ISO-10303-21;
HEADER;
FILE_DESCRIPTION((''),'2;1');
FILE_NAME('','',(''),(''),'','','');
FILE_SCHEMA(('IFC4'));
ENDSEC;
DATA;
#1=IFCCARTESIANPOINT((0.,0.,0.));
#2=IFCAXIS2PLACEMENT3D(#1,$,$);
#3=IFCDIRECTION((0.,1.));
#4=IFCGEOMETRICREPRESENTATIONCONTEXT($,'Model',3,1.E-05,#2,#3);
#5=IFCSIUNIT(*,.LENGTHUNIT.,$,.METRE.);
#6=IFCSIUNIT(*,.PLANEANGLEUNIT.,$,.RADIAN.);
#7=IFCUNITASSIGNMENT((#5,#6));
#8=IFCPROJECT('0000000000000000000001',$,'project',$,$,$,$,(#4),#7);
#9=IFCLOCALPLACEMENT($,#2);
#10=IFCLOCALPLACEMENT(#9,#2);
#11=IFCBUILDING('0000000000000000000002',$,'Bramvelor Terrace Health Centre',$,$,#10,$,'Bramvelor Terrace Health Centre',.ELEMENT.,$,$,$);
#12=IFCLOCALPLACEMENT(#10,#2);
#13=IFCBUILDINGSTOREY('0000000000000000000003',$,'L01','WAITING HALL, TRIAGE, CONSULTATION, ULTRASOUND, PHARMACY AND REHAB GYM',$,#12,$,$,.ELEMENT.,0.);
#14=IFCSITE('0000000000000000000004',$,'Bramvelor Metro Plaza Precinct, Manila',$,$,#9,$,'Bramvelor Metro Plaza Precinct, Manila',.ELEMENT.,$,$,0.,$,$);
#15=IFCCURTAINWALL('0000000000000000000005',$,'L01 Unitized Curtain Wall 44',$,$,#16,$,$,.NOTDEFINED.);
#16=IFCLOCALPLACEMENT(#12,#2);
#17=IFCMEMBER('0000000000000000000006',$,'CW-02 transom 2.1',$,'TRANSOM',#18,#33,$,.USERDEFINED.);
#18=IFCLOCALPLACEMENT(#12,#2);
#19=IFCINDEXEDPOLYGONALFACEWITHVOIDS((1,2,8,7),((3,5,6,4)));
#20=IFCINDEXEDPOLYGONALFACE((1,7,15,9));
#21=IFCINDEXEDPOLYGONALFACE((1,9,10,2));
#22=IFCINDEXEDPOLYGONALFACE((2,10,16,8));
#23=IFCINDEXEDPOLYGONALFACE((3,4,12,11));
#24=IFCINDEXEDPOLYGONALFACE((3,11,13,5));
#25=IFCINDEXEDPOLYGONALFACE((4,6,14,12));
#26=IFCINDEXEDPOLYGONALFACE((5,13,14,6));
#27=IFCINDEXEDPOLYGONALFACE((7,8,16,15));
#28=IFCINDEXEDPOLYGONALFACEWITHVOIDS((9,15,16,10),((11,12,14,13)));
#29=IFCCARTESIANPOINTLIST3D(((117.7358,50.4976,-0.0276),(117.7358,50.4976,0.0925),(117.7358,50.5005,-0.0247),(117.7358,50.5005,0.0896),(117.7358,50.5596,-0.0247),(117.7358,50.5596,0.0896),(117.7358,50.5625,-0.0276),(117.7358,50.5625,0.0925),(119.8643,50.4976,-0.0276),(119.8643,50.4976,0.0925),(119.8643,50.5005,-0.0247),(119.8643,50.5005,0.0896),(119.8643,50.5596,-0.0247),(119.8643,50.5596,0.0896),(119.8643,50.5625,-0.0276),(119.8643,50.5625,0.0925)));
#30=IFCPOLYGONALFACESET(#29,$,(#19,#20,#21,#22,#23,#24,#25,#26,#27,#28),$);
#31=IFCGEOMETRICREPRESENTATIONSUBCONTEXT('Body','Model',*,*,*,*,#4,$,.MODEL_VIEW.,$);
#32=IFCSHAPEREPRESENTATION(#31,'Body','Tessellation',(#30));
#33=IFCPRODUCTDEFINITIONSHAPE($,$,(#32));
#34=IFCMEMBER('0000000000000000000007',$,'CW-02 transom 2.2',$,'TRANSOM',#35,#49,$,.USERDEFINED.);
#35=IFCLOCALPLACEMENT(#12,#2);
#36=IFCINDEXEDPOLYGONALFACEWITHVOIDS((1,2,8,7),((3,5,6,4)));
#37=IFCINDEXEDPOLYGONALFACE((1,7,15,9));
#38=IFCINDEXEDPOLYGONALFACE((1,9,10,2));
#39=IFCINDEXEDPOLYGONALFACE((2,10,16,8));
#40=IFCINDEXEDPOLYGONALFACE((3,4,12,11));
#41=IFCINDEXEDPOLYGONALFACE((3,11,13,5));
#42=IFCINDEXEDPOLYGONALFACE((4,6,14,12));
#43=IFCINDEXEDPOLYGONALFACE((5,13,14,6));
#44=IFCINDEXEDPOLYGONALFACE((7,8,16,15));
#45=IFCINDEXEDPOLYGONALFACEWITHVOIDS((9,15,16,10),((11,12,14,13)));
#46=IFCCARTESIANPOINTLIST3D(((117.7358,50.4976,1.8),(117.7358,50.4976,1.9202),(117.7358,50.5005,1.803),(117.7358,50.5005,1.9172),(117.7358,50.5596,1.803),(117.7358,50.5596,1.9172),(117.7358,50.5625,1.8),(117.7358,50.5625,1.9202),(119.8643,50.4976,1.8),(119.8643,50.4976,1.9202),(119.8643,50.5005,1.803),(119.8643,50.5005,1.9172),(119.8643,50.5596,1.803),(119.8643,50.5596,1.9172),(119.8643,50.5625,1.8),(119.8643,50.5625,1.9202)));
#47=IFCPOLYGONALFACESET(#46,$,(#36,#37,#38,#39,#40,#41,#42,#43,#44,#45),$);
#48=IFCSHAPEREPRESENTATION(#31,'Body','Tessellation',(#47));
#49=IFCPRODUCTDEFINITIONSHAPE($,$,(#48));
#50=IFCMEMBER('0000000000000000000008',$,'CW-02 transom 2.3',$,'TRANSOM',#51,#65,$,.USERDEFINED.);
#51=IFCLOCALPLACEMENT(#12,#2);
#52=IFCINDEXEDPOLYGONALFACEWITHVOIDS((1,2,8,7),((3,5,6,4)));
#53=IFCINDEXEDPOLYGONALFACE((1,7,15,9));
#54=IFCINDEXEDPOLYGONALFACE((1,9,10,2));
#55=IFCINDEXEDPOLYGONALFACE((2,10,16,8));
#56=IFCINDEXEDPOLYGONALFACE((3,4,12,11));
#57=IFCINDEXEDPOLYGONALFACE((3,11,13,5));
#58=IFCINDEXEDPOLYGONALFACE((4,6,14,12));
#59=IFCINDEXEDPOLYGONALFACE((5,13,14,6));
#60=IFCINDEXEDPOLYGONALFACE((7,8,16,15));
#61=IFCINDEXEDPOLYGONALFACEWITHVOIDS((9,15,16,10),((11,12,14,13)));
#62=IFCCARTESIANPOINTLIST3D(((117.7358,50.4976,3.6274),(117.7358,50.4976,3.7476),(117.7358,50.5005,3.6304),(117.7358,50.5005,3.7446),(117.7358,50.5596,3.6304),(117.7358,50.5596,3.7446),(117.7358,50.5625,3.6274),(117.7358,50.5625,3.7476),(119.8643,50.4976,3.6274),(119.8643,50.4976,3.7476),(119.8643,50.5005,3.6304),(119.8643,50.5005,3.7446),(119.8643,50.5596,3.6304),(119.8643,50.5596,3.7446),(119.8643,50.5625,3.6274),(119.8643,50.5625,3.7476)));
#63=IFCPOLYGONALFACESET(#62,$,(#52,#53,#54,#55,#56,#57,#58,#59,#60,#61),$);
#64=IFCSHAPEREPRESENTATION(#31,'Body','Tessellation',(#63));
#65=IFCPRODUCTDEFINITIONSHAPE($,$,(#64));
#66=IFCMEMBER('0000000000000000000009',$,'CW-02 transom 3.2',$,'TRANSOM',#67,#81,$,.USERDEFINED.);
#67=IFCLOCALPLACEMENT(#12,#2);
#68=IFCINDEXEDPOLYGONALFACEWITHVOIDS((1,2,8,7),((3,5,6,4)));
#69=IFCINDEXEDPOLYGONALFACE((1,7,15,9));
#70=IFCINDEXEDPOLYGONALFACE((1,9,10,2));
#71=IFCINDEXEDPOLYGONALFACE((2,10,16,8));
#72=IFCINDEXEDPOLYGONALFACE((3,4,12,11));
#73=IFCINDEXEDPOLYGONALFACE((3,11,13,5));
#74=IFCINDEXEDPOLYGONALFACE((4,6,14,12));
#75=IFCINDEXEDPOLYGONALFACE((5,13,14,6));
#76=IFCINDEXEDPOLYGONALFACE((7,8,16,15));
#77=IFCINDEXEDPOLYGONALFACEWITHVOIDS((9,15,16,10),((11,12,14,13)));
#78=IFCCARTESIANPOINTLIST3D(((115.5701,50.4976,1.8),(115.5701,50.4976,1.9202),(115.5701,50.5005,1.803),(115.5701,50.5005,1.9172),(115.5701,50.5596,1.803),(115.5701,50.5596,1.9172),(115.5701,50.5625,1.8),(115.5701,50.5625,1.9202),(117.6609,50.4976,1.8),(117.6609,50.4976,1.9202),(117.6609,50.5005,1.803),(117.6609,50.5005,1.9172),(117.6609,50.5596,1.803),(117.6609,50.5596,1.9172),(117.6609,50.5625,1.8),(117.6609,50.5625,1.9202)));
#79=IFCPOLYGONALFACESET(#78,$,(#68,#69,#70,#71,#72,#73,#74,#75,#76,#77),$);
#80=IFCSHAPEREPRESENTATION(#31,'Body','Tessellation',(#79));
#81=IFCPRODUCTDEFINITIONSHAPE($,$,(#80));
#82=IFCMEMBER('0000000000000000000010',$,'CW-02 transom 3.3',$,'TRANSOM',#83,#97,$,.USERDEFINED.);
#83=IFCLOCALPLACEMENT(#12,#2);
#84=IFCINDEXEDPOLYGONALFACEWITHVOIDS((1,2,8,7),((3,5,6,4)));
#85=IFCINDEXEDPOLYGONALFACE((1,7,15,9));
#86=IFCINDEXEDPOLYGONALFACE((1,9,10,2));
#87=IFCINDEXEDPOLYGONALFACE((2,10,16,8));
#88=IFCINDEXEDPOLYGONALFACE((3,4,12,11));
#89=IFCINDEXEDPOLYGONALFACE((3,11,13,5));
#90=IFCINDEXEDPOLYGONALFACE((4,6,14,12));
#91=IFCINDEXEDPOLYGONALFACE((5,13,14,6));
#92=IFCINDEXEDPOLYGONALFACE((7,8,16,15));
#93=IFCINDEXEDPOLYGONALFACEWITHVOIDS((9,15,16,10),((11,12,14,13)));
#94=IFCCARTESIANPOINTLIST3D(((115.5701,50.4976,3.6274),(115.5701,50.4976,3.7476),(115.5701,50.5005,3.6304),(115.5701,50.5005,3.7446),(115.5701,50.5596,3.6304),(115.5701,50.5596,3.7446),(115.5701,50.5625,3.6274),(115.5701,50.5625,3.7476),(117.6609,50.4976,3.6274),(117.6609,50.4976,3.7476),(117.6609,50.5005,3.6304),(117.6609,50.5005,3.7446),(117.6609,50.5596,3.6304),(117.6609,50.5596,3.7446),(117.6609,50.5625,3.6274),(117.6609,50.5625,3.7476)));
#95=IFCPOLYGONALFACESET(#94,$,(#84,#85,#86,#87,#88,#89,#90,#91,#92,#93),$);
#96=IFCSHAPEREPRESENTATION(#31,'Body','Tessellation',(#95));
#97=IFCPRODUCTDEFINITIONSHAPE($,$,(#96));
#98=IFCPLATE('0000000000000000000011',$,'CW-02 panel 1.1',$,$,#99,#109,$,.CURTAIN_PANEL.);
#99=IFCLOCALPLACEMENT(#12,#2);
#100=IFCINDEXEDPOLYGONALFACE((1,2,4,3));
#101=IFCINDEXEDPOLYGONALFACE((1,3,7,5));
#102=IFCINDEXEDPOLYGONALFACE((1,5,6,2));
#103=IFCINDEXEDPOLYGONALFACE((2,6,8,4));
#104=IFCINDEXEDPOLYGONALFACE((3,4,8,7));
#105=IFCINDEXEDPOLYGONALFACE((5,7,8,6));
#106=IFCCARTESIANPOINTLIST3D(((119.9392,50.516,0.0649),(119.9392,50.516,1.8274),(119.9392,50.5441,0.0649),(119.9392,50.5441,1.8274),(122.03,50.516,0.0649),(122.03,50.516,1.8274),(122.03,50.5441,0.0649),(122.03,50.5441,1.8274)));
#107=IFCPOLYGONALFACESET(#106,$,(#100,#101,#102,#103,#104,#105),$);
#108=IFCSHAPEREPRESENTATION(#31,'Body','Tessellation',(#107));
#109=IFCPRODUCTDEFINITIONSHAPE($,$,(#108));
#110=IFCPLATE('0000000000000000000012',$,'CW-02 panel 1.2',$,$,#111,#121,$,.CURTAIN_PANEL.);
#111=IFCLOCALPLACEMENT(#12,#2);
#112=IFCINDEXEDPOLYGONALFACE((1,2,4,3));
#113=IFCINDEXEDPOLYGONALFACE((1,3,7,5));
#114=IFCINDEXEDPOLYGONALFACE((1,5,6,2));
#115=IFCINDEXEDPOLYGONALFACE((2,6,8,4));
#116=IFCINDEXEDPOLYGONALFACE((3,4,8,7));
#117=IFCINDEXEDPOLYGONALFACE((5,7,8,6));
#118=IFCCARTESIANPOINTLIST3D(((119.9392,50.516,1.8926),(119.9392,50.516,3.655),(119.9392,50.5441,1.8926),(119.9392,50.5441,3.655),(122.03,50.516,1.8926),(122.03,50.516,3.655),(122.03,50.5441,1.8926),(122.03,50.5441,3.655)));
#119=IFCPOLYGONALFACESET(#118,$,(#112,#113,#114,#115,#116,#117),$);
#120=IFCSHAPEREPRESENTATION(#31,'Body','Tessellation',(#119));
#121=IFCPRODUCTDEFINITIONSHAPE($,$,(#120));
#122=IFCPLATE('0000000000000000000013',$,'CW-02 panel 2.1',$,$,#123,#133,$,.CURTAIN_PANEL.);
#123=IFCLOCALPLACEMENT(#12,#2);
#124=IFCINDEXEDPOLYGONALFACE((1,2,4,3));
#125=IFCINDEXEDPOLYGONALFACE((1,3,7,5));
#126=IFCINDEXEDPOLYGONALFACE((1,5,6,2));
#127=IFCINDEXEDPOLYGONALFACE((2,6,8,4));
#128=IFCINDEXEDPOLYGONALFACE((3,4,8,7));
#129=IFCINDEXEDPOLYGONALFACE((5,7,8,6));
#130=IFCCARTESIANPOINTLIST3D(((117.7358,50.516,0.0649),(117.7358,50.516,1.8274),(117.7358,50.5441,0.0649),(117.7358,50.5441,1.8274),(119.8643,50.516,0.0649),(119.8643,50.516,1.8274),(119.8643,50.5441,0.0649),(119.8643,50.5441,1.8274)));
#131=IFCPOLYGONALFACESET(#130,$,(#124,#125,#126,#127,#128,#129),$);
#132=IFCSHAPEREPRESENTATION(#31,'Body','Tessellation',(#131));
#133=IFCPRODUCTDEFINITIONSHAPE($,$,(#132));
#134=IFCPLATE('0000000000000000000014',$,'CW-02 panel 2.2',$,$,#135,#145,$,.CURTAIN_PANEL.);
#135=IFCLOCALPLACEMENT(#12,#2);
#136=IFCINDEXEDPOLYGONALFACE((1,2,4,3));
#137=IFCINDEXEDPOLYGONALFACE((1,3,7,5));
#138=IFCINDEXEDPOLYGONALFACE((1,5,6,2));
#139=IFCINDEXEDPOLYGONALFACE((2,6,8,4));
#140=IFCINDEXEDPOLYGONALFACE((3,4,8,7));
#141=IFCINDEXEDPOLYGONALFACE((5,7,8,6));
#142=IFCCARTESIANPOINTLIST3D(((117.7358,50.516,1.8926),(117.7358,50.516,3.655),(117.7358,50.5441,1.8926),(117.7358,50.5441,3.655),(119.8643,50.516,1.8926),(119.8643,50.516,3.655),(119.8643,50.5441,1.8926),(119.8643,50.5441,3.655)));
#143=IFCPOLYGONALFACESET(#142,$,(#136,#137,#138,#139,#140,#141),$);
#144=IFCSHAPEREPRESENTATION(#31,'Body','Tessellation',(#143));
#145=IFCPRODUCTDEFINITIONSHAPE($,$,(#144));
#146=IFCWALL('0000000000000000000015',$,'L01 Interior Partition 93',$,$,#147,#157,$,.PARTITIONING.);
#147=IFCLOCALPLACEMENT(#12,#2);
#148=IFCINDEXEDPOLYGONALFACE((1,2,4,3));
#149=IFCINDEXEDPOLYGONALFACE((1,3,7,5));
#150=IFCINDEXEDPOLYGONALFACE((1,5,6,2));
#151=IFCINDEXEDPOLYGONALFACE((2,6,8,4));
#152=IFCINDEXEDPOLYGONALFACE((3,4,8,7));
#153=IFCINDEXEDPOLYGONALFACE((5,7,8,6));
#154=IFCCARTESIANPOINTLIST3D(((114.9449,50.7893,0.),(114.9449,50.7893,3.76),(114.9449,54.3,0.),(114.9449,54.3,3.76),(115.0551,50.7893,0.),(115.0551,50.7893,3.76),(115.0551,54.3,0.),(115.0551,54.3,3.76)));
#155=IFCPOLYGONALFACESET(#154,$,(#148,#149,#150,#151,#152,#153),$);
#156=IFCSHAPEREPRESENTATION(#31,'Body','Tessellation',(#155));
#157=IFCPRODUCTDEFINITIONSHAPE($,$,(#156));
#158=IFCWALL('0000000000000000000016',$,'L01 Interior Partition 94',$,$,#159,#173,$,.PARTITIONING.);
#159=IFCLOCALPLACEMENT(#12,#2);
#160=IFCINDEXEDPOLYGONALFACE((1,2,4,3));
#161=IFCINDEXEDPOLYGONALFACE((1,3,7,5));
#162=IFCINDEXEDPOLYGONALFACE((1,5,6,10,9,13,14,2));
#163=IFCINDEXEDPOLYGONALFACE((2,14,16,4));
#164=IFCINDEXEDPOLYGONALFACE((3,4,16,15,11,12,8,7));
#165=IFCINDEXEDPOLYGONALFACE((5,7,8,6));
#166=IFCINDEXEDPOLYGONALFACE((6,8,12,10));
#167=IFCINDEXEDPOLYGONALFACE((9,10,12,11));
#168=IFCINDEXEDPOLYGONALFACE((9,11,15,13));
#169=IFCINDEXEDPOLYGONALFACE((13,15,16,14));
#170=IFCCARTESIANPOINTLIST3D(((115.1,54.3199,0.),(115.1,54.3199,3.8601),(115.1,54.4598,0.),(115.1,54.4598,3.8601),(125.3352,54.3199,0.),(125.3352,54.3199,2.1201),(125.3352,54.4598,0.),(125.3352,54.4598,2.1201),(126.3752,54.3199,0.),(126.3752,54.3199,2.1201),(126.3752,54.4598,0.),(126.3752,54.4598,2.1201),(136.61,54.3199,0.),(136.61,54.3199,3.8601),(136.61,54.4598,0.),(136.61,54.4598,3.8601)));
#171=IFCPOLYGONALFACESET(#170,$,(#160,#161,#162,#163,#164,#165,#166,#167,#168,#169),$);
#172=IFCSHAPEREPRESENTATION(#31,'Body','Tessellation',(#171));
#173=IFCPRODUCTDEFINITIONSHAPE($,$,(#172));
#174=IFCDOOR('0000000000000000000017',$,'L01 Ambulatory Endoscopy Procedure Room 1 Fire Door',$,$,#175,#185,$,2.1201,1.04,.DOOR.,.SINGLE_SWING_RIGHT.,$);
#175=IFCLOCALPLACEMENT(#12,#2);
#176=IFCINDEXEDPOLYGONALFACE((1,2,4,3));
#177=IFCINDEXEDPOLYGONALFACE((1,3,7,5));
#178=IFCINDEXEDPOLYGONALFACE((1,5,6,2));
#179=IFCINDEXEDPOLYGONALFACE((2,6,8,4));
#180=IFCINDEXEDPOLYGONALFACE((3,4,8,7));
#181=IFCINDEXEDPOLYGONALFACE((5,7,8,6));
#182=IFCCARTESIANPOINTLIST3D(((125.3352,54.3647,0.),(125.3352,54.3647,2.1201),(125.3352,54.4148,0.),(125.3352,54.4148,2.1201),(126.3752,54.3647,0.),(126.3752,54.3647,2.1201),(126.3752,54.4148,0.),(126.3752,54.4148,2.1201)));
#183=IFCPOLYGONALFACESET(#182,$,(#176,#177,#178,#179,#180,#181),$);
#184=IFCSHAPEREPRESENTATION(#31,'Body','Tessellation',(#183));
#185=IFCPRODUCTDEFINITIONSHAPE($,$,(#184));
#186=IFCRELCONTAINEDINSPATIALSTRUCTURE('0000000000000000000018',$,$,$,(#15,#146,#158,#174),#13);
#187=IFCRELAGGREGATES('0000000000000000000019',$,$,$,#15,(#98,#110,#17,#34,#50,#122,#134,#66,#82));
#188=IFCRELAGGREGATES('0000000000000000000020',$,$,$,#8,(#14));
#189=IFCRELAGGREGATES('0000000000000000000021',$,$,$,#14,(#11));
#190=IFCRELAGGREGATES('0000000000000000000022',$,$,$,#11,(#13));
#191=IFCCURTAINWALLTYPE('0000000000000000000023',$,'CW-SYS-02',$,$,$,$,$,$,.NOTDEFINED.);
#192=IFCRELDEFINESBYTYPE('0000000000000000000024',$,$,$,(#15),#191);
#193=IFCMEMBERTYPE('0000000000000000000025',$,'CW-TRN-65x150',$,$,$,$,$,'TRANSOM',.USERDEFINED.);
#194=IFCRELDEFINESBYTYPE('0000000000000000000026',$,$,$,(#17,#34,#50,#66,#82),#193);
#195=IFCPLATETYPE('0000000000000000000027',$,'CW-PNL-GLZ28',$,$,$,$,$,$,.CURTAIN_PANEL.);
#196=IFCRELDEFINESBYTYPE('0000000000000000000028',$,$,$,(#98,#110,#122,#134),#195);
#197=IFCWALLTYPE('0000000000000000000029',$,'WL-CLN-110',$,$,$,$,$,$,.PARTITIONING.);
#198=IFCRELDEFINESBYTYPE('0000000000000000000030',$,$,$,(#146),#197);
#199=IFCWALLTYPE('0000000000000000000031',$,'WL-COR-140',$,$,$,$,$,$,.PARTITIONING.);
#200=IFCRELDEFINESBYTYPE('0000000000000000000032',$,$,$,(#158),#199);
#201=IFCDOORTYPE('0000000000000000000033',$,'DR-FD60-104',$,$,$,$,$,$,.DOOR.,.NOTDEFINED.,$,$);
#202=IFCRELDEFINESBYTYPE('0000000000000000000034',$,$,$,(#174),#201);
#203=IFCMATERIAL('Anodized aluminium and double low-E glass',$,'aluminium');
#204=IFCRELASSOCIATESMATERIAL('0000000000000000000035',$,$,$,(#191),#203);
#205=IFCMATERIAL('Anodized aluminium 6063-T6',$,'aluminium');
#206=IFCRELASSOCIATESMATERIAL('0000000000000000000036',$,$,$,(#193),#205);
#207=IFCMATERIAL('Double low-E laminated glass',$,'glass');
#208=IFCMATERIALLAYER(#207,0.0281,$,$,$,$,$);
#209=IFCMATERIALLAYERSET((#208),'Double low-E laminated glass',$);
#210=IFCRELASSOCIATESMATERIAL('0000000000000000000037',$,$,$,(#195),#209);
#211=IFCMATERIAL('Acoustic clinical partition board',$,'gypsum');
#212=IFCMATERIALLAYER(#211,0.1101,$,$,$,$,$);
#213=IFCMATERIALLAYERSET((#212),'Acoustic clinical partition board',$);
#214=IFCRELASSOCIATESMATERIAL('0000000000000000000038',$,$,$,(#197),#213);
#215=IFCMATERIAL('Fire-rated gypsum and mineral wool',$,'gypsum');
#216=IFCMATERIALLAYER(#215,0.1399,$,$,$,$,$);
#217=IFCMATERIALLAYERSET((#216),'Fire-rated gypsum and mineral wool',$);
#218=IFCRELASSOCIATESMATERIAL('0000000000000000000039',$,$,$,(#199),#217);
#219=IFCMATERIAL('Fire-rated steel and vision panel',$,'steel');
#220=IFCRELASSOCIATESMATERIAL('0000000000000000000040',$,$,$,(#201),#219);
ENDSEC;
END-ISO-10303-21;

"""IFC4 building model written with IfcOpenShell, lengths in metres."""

from ifc_helpers import new_model, si_unit, direction, frame, frame_2d, origin, origin_2d, place, context, subcontext, project, spatial, rectangle, hollow_rectangle, extrude, material, layer, layer_set, material_profile, profile_set, type_object, element, fill, aggregate, save


model = new_model("IFC4")

# Units and contexts
model_context = context("Model", 3, precision=1e-05, world=origin(), true_north=direction((0.0, 1.0)))
body_context = subcontext(model_context, "Body", "Model", "MODEL_VIEW")
ifc_project = project(units=[si_unit("LENGTHUNIT", "METRE"), si_unit("PLANEANGLEUNIT", "RADIAN")], contexts=[model_context])

# Site, building, storey
site_placement = place(None, origin())
site = spatial("IfcSite", under=ifc_project, at=site_placement, Name="Bramvelor Metro Plaza Precinct, Manila", LongName="Bramvelor Metro Plaza Precinct, Manila", CompositionType="ELEMENT", RefElevation=0.0)
building_placement = place(site_placement, origin())
building = spatial("IfcBuilding", under=site, at=building_placement, Name="Bramvelor Terrace Health Centre", LongName="Bramvelor Terrace Health Centre", CompositionType="ELEMENT")
storey_placement = place(building_placement, origin())
storey = spatial("IfcBuildingStorey", under=building, at=storey_placement, Name="L01", Description="WAITING HALL, TRIAGE, CONSULTATION, ULTRASOUND, PHARMACY AND REHAB GYM", CompositionType="ELEMENT", Elevation=0.0)

# Curtain wall, members, plates
ifc_material_1 = material(Name="Anodized aluminium and double low-E glass", Category="aluminium")
curtain_wall_type = type_object("IfcCurtainWallType", Name="CW-SYS-02", PredefinedType="NOTDEFINED", material=ifc_material_1)
curtain_wall_placement = place(storey_placement, origin())
curtain_wall = element("IfcCurtainWall", 1, at=curtain_wall_placement, inside=storey, type_object=curtain_wall_type, Name="L01 Unitized Curtain Wall 44", PredefinedType="NOTDEFINED")
ifc_material_2 = material(Name="Anodized aluminium 6063-T6", Category="aluminium")
ifc_material_profile_1 = material_profile(ifc_material_2, hollow_rectangle(XDim=0.0649, YDim=0.1201, WallThickness=0.0029, at=origin_2d()), Name="ALU-TRN 65x120x3.0")
ifc_profile_set_1 = profile_set([ifc_material_profile_1], Name="Anodized aluminium 6063-T6")
member_type_1 = type_object("IfcMemberType", Name="CW-TRN-65x150", ElementType="TRANSOM", PredefinedType="USERDEFINED", material=ifc_profile_set_1)
member_1_placement = place(storey_placement, frame((119.8643, 50.53, 0.0325), z_axis=(-1.0, 0.0, 0.0), x_axis=(0.0, -1.0, 0.0)))
member_1 = element("IfcMember", 2, at=member_1_placement, type_object=member_type_1, Name="CW-02 transom 2.1", ObjectType="TRANSOM", PredefinedType="USERDEFINED", context=body_context, shape_type="SweptSolid", body=[
    extrude(hollow_rectangle(XDim=0.0649, YDim=0.1201, WallThickness=0.0029, at=origin_2d()), origin(), (0.0, 0.0, 1.0), 2.1284),
])
member_2_placement = place(storey_placement, frame((119.8643, 50.53, 1.8601), z_axis=(-1.0, 0.0, 0.0), x_axis=(0.0, -1.0, 0.0)))
member_2 = element("IfcMember", 3, at=member_2_placement, type_object=member_type_1, Name="CW-02 transom 2.2", ObjectType="TRANSOM", PredefinedType="USERDEFINED", context=body_context, shape_type="SweptSolid", body=[
    extrude(hollow_rectangle(XDim=0.0649, YDim=0.1201, WallThickness=0.0029, at=origin_2d()), origin(), (0.0, 0.0, 1.0), 2.1284),
])
member_3_placement = place(storey_placement, frame((119.8643, 50.53, 3.6875), z_axis=(-1.0, 0.0, 0.0), x_axis=(0.0, -1.0, 0.0)))
member_3 = element("IfcMember", 4, at=member_3_placement, type_object=member_type_1, Name="CW-02 transom 2.3", ObjectType="TRANSOM", PredefinedType="USERDEFINED", context=body_context, shape_type="SweptSolid", body=[
    extrude(hollow_rectangle(XDim=0.0649, YDim=0.1201, WallThickness=0.0029, at=origin_2d()), origin(), (0.0, 0.0, 1.0), 2.1284),
])
member_4_placement = place(storey_placement, frame((117.6609, 50.53, 1.8601), z_axis=(-1.0, 0.0, 0.0), x_axis=(0.0, -1.0, 0.0)))
member_4 = element("IfcMember", 5, at=member_4_placement, type_object=member_type_1, Name="CW-02 transom 3.2", ObjectType="TRANSOM", PredefinedType="USERDEFINED", context=body_context, shape_type="SweptSolid", body=[
    extrude(hollow_rectangle(XDim=0.0649, YDim=0.1201, WallThickness=0.0029, at=origin_2d()), origin(), (0.0, 0.0, 1.0), 2.0908),
])
member_5_placement = place(storey_placement, frame((117.6609, 50.53, 3.6875), z_axis=(-1.0, 0.0, 0.0), x_axis=(0.0, -1.0, 0.0)))
member_5 = element("IfcMember", 6, at=member_5_placement, type_object=member_type_1, Name="CW-02 transom 3.3", ObjectType="TRANSOM", PredefinedType="USERDEFINED", context=body_context, shape_type="SweptSolid", body=[
    extrude(hollow_rectangle(XDim=0.0649, YDim=0.1201, WallThickness=0.0029, at=origin_2d()), origin(), (0.0, 0.0, 1.0), 2.0908),
])
ifc_material_3 = material(Name="Double low-E laminated glass", Category="glass")
ifc_layer_1 = layer(ifc_material_3, 0.0281)
ifc_layer_set_1 = layer_set([ifc_layer_1], Name="Double low-E laminated glass")
plate_type = type_object("IfcPlateType", Name="CW-PNL-GLZ28", PredefinedType="CURTAIN_PANEL", material=ifc_layer_set_1)
plate_1_placement = place(storey_placement, frame((120.9846, 50.53, 0.0649), z_axis=(0.0, 0.0, 1.0), x_axis=(-1.0, 0.0, 0.0)))
plate_1 = element("IfcPlate", 7, at=plate_1_placement, type_object=plate_type, Name="CW-02 panel 1.1", PredefinedType="CURTAIN_PANEL", context=body_context, shape_type="SweptSolid", body=[
    extrude(rectangle(XDim=2.0908, YDim=0.0281, at=origin_2d()), origin(), (0.0, 0.0, 1.0), 1.7625),
])
plate_2_placement = place(storey_placement, frame((120.9846, 50.53, 1.8926), z_axis=(0.0, 0.0, 1.0), x_axis=(-1.0, 0.0, 0.0)))
plate_2 = element("IfcPlate", 8, at=plate_2_placement, type_object=plate_type, Name="CW-02 panel 1.2", PredefinedType="CURTAIN_PANEL", context=body_context, shape_type="SweptSolid", body=[
    extrude(rectangle(XDim=2.0908, YDim=0.0281, at=origin_2d()), origin(), (0.0, 0.0, 1.0), 1.7625),
])
plate_3_placement = place(storey_placement, frame((118.8, 50.53, 0.0649), z_axis=(0.0, 0.0, 1.0), x_axis=(-1.0, 0.0, 0.0)))
plate_3 = element("IfcPlate", 9, at=plate_3_placement, type_object=plate_type, Name="CW-02 panel 2.1", PredefinedType="CURTAIN_PANEL", context=body_context, shape_type="SweptSolid", body=[
    extrude(rectangle(XDim=2.1284, YDim=0.0281, at=origin_2d()), origin(), (0.0, 0.0, 1.0), 1.7625),
])
plate_4_placement = place(storey_placement, frame((118.8, 50.53, 1.8926), z_axis=(0.0, 0.0, 1.0), x_axis=(-1.0, 0.0, 0.0)))
plate_4 = element("IfcPlate", 10, at=plate_4_placement, type_object=plate_type, Name="CW-02 panel 2.2", PredefinedType="CURTAIN_PANEL", context=body_context, shape_type="SweptSolid", body=[
    extrude(rectangle(XDim=2.1284, YDim=0.0281, at=origin_2d()), origin(), (0.0, 0.0, 1.0), 1.7625),
])
aggregate(curtain_wall, [plate_1, plate_2, member_1, member_2, member_3, plate_3, plate_4, member_4, member_5])

# Wall
ifc_material_4 = material(Name="Acoustic clinical partition board", Category="gypsum")
ifc_layer_2 = layer(ifc_material_4, 0.1101)
ifc_layer_set_2 = layer_set([ifc_layer_2], Name="Acoustic clinical partition board")
wall_type_1 = type_object("IfcWallType", Name="WL-CLN-110", PredefinedType="PARTITIONING", material=ifc_layer_set_2)
wall_1_placement = place(storey_placement, frame((115.0, 54.3, 0.0), z_axis=(0.0, 0.0, 1.0), x_axis=(0.0, -1.0, 0.0)))
element("IfcWall", 11, at=wall_1_placement, inside=storey, type_object=wall_type_1, Name="L01 Interior Partition 93", PredefinedType="PARTITIONING", context=body_context, shape_type="SweptSolid", body=[
    extrude(rectangle(XDim=3.5107, YDim=0.1101, at=frame_2d((1.7554, 0.0))), origin(), (0.0, 0.0, 1.0), 3.76),
])

# Wall, opening, door
ifc_material_5 = material(Name="Fire-rated gypsum and mineral wool", Category="gypsum")
ifc_layer_3 = layer(ifc_material_5, 0.1399)
ifc_layer_set_3 = layer_set([ifc_layer_3], Name="Fire-rated gypsum and mineral wool")
wall_type_2 = type_object("IfcWallType", Name="WL-COR-140", PredefinedType="PARTITIONING", material=ifc_layer_set_3)
wall_2_placement = place(storey_placement, frame((115.1001, 54.3899, 0.0), z_axis=(0.0, 0.0, 1.0), x_axis=(1.0, 0.0, 0.0)))
wall_2 = element("IfcWall", 12, at=wall_2_placement, inside=storey, type_object=wall_type_2, Name="L01 Interior Partition 94", PredefinedType="PARTITIONING", context=body_context, shape_type="SweptSolid", body=[
    extrude(rectangle(XDim=21.51, YDim=0.1399, at=frame_2d((10.7549, 0.0))), origin(), (0.0, 0.0, 1.0), 3.8601),
])
opening_placement = place(wall_2_placement, frame((10.2351, 0.0, 0.0)))
opening = element("IfcOpeningElement", 13, at=opening_placement, cuts=wall_2, PredefinedType="OPENING", context=body_context, shape_type="SweptSolid", body=[
    extrude(rectangle(XDim=1.04, YDim=2.1201, at=frame_2d((0.52, 1.0601))), frame((0.0, 0.0798, 0.0), z_axis=(0.0, -1.0, 0.0), x_axis=(1.0, 0.0, 0.0)), (0.0, 0.0, 1.0), 0.1599),
])
ifc_material_6 = material(Name="Fire-rated steel and vision panel", Category="steel")
door_type = type_object("IfcDoorType", Name="DR-FD60-104", OperationType="NOTDEFINED", PredefinedType="DOOR", material=ifc_material_6)
door_placement = place(opening_placement, origin())
door = element("IfcDoor", 14, at=door_placement, inside=storey, type_object=door_type, Name="L01 Ambulatory Endoscopy Procedure Room 1 Fire Door", OperationType="SINGLE_SWING_RIGHT", OverallHeight=2.1201, OverallWidth=1.04, PredefinedType="DOOR", context=body_context, shape_type="SweptSolid", body=[
    extrude(rectangle(XDim=1.04, YDim=2.1201, at=frame_2d((0.52, 1.0601))), frame((0.0, 0.0249, 0.0), z_axis=(0.0, -1.0, 0.0), x_axis=(1.0, 0.0, 0.0)), (0.0, 0.0, 1.0), 0.05),
])
fill(opening, door)

save(model, "model.ifc")
